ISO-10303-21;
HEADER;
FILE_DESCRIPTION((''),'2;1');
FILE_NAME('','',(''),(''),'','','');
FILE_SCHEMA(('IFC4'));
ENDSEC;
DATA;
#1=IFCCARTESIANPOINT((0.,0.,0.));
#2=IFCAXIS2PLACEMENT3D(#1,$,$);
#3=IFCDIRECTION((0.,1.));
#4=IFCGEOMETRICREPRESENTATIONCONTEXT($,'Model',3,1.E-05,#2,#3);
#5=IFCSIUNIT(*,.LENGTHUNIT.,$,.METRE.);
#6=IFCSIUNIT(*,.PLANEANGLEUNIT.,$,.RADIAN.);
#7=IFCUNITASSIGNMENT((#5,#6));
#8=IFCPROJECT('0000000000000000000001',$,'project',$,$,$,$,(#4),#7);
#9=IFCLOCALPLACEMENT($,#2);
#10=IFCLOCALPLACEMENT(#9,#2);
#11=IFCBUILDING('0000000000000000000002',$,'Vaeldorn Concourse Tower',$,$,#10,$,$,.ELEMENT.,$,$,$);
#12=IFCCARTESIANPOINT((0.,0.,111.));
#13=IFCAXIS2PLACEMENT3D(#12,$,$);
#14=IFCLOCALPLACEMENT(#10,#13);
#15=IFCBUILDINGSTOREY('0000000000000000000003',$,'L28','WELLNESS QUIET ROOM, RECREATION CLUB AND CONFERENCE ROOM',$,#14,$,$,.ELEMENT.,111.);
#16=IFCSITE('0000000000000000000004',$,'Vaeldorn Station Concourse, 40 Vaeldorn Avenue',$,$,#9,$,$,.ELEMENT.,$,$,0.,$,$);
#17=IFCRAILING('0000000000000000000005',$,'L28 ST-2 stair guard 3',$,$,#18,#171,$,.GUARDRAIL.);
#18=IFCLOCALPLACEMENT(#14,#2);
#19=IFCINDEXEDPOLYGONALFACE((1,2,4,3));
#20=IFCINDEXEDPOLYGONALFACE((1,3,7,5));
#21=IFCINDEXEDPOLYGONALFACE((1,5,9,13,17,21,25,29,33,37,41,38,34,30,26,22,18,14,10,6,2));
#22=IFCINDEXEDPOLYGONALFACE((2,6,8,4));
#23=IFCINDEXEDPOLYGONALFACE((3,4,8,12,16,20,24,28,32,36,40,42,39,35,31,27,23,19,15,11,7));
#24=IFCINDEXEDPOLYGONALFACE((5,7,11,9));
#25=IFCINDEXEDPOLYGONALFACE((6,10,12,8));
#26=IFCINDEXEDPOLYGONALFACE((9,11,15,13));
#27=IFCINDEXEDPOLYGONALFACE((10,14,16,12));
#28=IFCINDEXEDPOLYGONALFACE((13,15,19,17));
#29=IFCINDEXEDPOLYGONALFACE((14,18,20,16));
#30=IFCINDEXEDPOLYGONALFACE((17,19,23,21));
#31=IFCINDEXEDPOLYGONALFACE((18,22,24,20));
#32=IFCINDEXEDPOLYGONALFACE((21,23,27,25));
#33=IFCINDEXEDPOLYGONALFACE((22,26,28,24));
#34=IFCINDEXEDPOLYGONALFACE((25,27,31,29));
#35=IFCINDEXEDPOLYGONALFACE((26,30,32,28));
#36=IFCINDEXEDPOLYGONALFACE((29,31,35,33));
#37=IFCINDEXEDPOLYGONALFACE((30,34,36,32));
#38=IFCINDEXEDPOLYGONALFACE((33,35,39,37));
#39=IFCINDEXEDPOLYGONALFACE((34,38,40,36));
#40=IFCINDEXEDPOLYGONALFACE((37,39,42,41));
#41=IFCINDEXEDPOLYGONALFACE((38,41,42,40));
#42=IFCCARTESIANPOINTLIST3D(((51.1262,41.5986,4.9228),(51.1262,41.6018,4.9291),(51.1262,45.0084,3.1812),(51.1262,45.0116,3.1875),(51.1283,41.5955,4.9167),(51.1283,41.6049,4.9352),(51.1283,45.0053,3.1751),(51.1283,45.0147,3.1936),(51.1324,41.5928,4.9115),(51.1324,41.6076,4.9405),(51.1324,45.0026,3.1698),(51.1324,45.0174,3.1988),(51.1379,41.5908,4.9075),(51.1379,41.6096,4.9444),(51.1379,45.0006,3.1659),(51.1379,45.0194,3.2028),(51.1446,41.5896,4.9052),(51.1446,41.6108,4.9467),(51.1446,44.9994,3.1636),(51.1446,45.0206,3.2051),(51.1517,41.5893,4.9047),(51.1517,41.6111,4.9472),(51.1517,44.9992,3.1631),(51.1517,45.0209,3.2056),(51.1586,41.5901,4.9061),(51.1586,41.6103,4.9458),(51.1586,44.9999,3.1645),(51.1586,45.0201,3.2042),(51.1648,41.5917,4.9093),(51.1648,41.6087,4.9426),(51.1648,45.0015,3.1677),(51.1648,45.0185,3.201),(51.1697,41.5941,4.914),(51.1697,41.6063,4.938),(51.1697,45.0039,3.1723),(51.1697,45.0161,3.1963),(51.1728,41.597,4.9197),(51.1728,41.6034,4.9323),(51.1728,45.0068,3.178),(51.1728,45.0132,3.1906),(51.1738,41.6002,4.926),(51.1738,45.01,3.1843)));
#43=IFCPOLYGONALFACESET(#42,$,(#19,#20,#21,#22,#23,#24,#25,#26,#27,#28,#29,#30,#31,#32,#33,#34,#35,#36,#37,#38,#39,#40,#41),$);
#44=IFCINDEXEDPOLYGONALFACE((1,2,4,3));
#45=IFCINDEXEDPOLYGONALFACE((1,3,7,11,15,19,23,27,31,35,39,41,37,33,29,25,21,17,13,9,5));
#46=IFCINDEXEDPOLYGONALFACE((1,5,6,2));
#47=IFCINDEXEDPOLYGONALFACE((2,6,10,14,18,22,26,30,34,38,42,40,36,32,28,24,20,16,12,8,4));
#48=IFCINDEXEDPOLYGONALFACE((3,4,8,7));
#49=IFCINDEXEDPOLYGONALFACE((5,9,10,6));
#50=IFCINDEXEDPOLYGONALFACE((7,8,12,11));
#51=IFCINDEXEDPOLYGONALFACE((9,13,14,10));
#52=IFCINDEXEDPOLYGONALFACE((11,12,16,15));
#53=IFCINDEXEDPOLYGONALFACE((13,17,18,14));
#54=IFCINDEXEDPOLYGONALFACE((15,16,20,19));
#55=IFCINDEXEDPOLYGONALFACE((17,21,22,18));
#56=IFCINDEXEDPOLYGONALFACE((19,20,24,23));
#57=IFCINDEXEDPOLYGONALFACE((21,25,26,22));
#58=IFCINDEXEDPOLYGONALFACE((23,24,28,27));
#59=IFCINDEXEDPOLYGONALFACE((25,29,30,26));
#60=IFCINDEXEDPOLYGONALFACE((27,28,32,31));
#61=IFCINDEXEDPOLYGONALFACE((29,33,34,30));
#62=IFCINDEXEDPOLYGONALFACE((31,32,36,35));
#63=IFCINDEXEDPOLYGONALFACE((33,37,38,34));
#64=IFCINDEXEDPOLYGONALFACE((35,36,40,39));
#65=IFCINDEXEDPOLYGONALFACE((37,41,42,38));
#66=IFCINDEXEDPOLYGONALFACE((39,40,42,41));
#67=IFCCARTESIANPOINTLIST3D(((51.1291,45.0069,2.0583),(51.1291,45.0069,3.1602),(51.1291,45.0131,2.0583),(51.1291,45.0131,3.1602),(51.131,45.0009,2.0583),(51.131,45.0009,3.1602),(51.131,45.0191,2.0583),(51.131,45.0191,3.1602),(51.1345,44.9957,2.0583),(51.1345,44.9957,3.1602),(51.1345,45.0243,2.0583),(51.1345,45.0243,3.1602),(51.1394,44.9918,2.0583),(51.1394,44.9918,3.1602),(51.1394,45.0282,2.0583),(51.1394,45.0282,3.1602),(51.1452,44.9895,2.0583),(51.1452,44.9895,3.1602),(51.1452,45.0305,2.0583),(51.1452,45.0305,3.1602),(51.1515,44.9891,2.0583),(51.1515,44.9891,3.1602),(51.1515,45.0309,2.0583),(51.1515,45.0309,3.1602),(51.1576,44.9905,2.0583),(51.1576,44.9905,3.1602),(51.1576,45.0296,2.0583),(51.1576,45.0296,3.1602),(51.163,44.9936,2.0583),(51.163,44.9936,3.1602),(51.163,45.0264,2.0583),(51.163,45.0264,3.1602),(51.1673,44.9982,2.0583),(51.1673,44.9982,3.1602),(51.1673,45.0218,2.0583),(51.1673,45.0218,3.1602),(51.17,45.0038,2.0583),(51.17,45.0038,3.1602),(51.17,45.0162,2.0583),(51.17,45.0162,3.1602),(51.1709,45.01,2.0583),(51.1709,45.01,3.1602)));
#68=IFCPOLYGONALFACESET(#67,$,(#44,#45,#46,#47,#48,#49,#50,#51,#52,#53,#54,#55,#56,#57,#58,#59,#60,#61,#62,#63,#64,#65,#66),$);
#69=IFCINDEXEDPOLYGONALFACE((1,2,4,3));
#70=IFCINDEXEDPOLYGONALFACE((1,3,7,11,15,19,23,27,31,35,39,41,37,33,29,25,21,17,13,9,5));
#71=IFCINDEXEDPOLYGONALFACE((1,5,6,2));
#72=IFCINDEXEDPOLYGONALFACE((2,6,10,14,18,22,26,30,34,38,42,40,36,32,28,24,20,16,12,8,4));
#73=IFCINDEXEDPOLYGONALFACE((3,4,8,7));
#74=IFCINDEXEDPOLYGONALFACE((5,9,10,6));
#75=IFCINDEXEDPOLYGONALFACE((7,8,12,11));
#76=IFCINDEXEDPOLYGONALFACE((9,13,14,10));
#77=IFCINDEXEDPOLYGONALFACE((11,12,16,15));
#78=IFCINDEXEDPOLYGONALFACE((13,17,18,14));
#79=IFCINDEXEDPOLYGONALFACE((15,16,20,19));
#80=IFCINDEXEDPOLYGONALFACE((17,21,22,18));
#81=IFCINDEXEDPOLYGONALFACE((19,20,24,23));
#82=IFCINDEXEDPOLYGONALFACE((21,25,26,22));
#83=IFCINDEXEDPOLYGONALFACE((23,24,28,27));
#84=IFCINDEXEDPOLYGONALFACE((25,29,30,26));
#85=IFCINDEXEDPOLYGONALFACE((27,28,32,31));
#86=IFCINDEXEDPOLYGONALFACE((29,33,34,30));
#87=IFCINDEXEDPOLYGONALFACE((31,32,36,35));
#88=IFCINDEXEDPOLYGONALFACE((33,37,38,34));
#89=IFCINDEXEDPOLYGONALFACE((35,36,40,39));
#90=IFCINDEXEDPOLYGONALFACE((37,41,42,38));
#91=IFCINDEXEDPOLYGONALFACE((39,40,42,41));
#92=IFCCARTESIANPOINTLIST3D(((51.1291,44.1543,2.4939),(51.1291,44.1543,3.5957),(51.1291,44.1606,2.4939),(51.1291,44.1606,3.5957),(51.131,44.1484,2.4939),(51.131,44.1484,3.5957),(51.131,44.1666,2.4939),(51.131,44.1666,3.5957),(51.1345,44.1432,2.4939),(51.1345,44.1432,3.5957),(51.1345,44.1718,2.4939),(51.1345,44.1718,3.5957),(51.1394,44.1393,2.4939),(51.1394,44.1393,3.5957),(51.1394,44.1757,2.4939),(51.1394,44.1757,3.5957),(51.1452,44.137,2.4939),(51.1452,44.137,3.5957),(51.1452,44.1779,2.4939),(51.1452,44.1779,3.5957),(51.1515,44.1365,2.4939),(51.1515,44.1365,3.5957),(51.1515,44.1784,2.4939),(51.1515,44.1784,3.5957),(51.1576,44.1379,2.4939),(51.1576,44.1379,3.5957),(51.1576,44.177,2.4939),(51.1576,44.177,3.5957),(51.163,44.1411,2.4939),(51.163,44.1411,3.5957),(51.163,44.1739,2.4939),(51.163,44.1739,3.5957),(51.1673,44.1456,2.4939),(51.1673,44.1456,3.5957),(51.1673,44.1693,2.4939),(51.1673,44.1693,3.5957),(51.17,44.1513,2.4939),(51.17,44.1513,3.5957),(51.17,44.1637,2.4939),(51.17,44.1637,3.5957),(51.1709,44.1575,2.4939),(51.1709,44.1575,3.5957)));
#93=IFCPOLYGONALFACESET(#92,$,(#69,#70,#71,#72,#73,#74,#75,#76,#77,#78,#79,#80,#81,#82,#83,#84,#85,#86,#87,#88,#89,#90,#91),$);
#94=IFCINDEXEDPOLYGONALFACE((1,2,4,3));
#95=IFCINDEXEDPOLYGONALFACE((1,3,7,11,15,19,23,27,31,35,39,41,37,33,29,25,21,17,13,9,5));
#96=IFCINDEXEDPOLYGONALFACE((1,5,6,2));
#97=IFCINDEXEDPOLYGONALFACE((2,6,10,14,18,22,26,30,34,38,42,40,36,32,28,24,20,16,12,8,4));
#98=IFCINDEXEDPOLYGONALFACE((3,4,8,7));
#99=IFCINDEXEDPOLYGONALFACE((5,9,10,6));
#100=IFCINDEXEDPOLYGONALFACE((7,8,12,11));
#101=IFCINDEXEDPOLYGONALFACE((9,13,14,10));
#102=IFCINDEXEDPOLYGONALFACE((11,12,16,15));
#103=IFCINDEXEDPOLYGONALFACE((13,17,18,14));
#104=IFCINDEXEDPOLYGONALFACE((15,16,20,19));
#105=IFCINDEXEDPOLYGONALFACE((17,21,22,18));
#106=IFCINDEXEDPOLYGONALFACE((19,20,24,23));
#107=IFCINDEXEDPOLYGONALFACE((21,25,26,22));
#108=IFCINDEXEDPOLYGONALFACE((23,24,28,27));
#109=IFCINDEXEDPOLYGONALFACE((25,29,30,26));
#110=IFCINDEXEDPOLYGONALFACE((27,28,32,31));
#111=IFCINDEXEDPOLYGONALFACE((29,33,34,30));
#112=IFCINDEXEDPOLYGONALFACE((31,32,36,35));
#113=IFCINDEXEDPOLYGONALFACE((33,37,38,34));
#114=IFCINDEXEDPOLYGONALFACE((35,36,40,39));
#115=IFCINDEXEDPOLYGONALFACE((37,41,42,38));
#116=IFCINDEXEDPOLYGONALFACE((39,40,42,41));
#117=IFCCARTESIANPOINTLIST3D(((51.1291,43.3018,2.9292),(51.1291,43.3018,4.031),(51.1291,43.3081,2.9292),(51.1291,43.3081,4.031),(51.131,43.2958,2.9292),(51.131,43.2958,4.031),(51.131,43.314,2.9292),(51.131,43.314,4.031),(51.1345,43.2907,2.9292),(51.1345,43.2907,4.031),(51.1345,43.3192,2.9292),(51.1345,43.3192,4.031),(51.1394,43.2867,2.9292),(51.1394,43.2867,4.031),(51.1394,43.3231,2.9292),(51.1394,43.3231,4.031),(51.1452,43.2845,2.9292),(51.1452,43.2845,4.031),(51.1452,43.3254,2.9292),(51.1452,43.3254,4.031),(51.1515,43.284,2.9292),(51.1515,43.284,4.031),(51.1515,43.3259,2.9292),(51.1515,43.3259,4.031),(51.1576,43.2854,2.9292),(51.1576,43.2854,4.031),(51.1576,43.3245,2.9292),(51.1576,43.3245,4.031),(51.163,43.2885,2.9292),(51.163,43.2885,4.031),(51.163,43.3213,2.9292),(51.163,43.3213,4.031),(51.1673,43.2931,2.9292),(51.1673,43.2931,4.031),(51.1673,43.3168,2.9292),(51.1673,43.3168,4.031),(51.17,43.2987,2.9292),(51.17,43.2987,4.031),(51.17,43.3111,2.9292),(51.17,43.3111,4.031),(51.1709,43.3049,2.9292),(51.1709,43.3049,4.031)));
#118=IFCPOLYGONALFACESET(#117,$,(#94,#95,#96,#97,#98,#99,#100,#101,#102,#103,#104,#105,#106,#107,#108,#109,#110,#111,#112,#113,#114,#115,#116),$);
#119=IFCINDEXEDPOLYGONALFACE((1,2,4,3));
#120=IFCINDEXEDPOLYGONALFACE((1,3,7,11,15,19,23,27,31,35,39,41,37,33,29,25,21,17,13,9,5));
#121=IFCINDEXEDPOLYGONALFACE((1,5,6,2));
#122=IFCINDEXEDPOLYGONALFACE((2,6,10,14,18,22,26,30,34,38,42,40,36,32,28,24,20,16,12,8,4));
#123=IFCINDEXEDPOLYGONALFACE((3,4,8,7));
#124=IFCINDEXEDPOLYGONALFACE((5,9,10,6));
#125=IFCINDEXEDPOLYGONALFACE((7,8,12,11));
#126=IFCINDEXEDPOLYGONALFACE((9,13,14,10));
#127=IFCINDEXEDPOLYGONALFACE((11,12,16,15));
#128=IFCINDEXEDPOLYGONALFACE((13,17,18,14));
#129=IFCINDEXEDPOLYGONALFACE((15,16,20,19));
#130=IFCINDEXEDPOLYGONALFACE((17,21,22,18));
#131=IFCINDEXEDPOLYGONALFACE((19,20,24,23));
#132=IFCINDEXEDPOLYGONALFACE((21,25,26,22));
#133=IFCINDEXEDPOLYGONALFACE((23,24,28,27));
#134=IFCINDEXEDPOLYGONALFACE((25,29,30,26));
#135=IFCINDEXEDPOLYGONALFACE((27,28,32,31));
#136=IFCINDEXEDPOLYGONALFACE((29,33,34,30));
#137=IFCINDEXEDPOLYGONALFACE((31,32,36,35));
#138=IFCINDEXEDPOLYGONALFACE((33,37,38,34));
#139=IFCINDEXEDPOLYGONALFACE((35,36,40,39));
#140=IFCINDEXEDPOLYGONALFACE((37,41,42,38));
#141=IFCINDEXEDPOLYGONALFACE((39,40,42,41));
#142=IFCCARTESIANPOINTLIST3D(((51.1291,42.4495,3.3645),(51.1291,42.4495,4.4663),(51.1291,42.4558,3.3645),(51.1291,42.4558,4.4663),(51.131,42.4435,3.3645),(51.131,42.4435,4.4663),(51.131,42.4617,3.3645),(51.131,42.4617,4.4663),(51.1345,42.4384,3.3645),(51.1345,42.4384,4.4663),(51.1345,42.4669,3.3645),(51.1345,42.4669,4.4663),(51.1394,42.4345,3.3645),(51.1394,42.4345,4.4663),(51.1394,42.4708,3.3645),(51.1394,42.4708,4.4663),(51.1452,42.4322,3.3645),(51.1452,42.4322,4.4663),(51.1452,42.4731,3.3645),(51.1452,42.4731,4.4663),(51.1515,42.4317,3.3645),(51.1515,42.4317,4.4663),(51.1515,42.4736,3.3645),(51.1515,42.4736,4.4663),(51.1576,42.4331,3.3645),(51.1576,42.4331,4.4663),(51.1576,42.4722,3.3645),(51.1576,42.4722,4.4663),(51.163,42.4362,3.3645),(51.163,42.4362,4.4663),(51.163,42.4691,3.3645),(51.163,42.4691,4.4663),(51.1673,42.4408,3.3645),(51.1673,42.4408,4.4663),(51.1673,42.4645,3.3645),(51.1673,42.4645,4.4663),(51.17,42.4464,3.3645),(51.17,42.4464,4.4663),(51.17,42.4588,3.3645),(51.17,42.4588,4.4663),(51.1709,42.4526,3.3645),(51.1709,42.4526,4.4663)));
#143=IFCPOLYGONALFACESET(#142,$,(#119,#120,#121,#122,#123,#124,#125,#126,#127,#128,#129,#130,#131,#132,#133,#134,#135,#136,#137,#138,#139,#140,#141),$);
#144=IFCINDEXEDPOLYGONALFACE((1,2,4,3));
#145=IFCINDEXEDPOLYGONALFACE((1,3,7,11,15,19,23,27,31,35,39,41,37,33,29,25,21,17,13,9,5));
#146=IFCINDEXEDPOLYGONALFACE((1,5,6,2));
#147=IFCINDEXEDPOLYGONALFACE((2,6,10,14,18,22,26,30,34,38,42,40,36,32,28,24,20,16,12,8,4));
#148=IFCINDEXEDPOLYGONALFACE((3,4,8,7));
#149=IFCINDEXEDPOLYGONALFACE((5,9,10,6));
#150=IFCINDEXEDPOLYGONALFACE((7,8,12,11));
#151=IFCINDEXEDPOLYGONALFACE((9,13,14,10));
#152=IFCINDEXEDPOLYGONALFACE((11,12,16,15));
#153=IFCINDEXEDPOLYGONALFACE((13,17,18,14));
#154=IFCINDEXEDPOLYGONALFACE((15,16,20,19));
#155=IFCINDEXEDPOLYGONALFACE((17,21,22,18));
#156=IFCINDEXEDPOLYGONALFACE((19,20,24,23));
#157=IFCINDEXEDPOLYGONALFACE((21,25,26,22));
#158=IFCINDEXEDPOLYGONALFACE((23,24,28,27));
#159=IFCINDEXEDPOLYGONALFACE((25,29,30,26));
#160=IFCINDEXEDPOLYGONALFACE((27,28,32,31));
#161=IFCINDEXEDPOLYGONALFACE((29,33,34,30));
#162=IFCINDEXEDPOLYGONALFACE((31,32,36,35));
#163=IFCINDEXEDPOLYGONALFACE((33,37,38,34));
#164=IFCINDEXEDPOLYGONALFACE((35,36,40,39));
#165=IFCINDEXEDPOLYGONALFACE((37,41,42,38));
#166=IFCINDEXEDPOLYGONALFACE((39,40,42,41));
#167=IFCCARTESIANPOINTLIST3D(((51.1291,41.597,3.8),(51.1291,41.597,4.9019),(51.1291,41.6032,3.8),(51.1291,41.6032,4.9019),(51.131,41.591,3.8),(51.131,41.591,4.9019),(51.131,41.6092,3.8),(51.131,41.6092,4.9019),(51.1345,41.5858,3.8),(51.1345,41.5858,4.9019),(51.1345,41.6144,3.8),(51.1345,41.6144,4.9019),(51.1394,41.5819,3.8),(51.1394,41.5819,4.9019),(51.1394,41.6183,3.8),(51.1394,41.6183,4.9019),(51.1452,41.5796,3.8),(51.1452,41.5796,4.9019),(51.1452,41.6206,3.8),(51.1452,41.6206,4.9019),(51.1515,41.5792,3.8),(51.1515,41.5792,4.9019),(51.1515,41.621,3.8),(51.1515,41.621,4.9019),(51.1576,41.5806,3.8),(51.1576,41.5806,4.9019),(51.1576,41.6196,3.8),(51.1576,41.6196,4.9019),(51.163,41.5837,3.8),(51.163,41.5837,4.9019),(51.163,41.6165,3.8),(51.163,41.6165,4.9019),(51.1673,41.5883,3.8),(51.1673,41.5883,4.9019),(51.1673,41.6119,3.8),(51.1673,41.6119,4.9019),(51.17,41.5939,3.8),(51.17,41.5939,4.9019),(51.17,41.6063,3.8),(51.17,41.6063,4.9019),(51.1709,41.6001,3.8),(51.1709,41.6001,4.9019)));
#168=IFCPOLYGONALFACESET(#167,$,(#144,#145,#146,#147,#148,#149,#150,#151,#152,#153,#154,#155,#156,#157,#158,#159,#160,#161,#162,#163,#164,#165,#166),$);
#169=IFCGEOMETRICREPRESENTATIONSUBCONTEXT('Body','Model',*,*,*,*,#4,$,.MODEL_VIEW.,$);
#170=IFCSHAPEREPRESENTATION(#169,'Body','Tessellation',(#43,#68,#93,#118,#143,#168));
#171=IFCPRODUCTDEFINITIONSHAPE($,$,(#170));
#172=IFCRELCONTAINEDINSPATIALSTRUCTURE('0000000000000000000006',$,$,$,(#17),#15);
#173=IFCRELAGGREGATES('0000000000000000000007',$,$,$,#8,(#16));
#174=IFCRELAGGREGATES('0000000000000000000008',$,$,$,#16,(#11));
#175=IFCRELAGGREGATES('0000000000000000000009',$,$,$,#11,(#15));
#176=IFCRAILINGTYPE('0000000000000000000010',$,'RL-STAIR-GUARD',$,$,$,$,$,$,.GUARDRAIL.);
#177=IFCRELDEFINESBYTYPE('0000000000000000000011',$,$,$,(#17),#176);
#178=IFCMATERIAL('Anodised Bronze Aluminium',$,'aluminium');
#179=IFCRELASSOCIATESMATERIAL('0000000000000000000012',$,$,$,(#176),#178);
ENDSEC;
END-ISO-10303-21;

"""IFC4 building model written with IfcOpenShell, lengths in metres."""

from ifc_helpers import new_model, si_unit, direction, frame, origin, origin_2d, place, context, subcontext, project, spatial, circle, extrude, material, type_object, element, save


model = new_model("IFC4")

# Units and contexts
model_context = context("Model", 3, precision=1e-05, world=origin(), true_north=direction((0.0, 1.0)))
body_context = subcontext(model_context, "Body", "Model", "MODEL_VIEW")
ifc_project = project(units=[si_unit("LENGTHUNIT", "METRE"), si_unit("PLANEANGLEUNIT", "RADIAN")], contexts=[model_context])

# Site, building, storey
site_placement = place(None, origin())
site = spatial("IfcSite", under=ifc_project, at=site_placement, Name="Vaeldorn Station Concourse, 40 Vaeldorn Avenue", CompositionType="ELEMENT", RefElevation=0.0)
building_placement = place(site_placement, origin())
building = spatial("IfcBuilding", under=site, at=building_placement, Name="Vaeldorn Concourse Tower", CompositionType="ELEMENT")
storey_placement = place(building_placement, frame((0.0, 0.0, 111.0)))
storey = spatial("IfcBuildingStorey", under=building, at=storey_placement, Name="L28", Description="WELLNESS QUIET ROOM, RECREATION CLUB AND CONFERENCE ROOM", CompositionType="ELEMENT", Elevation=111.0)

# Shared definitions
ifc_material_1 = material(Name="Anodised Bronze Aluminium", Category="aluminium")

# Railing
railing_type_1 = type_object("IfcRailingType", Name="RL-STAIR-GUARD", PredefinedType="GUARDRAIL", material=ifc_material_1)
railing_1_placement = place(storey_placement, frame((51.1499, 45.01, 2.0583)))
element("IfcRailing", 1, at=railing_1_placement, inside=storey, type_object=railing_type_1, Name="L28 ST-2 stair guard 3", PredefinedType="GUARDRAIL", context=body_context, shape_type="SweptSolid", body=[
    extrude(circle(Radius=0.0239, at=origin_2d()), frame((0.0, 0.0, 1.126), z_axis=(0.0, -0.890556, 0.454874), x_axis=(1.0, 0.0, 0.0)), (0.0, 0.0, 1.0), 3.8289),
    extrude(circle(Radius=0.021, at=origin_2d()), origin(), (0.0, 0.0, 1.0), 1.1018),
    extrude(circle(Radius=0.021, at=origin_2d()), frame((0.0, -0.8525, 0.4355)), (0.0, 0.0, 1.0), 1.1018),
    extrude(circle(Radius=0.021, at=origin_2d()), frame((0.0, -1.7051, 0.8708)), (0.0, 0.0, 1.0), 1.1018),
    extrude(circle(Radius=0.021, at=origin_2d()), frame((0.0, -2.5574, 1.3062)), (0.0, 0.0, 1.0), 1.1018),
    extrude(circle(Radius=0.021, at=origin_2d()), frame((0.0, -3.4099, 1.7417)), (0.0, 0.0, 1.0), 1.1018),
])

save(model, "model.ifc")
